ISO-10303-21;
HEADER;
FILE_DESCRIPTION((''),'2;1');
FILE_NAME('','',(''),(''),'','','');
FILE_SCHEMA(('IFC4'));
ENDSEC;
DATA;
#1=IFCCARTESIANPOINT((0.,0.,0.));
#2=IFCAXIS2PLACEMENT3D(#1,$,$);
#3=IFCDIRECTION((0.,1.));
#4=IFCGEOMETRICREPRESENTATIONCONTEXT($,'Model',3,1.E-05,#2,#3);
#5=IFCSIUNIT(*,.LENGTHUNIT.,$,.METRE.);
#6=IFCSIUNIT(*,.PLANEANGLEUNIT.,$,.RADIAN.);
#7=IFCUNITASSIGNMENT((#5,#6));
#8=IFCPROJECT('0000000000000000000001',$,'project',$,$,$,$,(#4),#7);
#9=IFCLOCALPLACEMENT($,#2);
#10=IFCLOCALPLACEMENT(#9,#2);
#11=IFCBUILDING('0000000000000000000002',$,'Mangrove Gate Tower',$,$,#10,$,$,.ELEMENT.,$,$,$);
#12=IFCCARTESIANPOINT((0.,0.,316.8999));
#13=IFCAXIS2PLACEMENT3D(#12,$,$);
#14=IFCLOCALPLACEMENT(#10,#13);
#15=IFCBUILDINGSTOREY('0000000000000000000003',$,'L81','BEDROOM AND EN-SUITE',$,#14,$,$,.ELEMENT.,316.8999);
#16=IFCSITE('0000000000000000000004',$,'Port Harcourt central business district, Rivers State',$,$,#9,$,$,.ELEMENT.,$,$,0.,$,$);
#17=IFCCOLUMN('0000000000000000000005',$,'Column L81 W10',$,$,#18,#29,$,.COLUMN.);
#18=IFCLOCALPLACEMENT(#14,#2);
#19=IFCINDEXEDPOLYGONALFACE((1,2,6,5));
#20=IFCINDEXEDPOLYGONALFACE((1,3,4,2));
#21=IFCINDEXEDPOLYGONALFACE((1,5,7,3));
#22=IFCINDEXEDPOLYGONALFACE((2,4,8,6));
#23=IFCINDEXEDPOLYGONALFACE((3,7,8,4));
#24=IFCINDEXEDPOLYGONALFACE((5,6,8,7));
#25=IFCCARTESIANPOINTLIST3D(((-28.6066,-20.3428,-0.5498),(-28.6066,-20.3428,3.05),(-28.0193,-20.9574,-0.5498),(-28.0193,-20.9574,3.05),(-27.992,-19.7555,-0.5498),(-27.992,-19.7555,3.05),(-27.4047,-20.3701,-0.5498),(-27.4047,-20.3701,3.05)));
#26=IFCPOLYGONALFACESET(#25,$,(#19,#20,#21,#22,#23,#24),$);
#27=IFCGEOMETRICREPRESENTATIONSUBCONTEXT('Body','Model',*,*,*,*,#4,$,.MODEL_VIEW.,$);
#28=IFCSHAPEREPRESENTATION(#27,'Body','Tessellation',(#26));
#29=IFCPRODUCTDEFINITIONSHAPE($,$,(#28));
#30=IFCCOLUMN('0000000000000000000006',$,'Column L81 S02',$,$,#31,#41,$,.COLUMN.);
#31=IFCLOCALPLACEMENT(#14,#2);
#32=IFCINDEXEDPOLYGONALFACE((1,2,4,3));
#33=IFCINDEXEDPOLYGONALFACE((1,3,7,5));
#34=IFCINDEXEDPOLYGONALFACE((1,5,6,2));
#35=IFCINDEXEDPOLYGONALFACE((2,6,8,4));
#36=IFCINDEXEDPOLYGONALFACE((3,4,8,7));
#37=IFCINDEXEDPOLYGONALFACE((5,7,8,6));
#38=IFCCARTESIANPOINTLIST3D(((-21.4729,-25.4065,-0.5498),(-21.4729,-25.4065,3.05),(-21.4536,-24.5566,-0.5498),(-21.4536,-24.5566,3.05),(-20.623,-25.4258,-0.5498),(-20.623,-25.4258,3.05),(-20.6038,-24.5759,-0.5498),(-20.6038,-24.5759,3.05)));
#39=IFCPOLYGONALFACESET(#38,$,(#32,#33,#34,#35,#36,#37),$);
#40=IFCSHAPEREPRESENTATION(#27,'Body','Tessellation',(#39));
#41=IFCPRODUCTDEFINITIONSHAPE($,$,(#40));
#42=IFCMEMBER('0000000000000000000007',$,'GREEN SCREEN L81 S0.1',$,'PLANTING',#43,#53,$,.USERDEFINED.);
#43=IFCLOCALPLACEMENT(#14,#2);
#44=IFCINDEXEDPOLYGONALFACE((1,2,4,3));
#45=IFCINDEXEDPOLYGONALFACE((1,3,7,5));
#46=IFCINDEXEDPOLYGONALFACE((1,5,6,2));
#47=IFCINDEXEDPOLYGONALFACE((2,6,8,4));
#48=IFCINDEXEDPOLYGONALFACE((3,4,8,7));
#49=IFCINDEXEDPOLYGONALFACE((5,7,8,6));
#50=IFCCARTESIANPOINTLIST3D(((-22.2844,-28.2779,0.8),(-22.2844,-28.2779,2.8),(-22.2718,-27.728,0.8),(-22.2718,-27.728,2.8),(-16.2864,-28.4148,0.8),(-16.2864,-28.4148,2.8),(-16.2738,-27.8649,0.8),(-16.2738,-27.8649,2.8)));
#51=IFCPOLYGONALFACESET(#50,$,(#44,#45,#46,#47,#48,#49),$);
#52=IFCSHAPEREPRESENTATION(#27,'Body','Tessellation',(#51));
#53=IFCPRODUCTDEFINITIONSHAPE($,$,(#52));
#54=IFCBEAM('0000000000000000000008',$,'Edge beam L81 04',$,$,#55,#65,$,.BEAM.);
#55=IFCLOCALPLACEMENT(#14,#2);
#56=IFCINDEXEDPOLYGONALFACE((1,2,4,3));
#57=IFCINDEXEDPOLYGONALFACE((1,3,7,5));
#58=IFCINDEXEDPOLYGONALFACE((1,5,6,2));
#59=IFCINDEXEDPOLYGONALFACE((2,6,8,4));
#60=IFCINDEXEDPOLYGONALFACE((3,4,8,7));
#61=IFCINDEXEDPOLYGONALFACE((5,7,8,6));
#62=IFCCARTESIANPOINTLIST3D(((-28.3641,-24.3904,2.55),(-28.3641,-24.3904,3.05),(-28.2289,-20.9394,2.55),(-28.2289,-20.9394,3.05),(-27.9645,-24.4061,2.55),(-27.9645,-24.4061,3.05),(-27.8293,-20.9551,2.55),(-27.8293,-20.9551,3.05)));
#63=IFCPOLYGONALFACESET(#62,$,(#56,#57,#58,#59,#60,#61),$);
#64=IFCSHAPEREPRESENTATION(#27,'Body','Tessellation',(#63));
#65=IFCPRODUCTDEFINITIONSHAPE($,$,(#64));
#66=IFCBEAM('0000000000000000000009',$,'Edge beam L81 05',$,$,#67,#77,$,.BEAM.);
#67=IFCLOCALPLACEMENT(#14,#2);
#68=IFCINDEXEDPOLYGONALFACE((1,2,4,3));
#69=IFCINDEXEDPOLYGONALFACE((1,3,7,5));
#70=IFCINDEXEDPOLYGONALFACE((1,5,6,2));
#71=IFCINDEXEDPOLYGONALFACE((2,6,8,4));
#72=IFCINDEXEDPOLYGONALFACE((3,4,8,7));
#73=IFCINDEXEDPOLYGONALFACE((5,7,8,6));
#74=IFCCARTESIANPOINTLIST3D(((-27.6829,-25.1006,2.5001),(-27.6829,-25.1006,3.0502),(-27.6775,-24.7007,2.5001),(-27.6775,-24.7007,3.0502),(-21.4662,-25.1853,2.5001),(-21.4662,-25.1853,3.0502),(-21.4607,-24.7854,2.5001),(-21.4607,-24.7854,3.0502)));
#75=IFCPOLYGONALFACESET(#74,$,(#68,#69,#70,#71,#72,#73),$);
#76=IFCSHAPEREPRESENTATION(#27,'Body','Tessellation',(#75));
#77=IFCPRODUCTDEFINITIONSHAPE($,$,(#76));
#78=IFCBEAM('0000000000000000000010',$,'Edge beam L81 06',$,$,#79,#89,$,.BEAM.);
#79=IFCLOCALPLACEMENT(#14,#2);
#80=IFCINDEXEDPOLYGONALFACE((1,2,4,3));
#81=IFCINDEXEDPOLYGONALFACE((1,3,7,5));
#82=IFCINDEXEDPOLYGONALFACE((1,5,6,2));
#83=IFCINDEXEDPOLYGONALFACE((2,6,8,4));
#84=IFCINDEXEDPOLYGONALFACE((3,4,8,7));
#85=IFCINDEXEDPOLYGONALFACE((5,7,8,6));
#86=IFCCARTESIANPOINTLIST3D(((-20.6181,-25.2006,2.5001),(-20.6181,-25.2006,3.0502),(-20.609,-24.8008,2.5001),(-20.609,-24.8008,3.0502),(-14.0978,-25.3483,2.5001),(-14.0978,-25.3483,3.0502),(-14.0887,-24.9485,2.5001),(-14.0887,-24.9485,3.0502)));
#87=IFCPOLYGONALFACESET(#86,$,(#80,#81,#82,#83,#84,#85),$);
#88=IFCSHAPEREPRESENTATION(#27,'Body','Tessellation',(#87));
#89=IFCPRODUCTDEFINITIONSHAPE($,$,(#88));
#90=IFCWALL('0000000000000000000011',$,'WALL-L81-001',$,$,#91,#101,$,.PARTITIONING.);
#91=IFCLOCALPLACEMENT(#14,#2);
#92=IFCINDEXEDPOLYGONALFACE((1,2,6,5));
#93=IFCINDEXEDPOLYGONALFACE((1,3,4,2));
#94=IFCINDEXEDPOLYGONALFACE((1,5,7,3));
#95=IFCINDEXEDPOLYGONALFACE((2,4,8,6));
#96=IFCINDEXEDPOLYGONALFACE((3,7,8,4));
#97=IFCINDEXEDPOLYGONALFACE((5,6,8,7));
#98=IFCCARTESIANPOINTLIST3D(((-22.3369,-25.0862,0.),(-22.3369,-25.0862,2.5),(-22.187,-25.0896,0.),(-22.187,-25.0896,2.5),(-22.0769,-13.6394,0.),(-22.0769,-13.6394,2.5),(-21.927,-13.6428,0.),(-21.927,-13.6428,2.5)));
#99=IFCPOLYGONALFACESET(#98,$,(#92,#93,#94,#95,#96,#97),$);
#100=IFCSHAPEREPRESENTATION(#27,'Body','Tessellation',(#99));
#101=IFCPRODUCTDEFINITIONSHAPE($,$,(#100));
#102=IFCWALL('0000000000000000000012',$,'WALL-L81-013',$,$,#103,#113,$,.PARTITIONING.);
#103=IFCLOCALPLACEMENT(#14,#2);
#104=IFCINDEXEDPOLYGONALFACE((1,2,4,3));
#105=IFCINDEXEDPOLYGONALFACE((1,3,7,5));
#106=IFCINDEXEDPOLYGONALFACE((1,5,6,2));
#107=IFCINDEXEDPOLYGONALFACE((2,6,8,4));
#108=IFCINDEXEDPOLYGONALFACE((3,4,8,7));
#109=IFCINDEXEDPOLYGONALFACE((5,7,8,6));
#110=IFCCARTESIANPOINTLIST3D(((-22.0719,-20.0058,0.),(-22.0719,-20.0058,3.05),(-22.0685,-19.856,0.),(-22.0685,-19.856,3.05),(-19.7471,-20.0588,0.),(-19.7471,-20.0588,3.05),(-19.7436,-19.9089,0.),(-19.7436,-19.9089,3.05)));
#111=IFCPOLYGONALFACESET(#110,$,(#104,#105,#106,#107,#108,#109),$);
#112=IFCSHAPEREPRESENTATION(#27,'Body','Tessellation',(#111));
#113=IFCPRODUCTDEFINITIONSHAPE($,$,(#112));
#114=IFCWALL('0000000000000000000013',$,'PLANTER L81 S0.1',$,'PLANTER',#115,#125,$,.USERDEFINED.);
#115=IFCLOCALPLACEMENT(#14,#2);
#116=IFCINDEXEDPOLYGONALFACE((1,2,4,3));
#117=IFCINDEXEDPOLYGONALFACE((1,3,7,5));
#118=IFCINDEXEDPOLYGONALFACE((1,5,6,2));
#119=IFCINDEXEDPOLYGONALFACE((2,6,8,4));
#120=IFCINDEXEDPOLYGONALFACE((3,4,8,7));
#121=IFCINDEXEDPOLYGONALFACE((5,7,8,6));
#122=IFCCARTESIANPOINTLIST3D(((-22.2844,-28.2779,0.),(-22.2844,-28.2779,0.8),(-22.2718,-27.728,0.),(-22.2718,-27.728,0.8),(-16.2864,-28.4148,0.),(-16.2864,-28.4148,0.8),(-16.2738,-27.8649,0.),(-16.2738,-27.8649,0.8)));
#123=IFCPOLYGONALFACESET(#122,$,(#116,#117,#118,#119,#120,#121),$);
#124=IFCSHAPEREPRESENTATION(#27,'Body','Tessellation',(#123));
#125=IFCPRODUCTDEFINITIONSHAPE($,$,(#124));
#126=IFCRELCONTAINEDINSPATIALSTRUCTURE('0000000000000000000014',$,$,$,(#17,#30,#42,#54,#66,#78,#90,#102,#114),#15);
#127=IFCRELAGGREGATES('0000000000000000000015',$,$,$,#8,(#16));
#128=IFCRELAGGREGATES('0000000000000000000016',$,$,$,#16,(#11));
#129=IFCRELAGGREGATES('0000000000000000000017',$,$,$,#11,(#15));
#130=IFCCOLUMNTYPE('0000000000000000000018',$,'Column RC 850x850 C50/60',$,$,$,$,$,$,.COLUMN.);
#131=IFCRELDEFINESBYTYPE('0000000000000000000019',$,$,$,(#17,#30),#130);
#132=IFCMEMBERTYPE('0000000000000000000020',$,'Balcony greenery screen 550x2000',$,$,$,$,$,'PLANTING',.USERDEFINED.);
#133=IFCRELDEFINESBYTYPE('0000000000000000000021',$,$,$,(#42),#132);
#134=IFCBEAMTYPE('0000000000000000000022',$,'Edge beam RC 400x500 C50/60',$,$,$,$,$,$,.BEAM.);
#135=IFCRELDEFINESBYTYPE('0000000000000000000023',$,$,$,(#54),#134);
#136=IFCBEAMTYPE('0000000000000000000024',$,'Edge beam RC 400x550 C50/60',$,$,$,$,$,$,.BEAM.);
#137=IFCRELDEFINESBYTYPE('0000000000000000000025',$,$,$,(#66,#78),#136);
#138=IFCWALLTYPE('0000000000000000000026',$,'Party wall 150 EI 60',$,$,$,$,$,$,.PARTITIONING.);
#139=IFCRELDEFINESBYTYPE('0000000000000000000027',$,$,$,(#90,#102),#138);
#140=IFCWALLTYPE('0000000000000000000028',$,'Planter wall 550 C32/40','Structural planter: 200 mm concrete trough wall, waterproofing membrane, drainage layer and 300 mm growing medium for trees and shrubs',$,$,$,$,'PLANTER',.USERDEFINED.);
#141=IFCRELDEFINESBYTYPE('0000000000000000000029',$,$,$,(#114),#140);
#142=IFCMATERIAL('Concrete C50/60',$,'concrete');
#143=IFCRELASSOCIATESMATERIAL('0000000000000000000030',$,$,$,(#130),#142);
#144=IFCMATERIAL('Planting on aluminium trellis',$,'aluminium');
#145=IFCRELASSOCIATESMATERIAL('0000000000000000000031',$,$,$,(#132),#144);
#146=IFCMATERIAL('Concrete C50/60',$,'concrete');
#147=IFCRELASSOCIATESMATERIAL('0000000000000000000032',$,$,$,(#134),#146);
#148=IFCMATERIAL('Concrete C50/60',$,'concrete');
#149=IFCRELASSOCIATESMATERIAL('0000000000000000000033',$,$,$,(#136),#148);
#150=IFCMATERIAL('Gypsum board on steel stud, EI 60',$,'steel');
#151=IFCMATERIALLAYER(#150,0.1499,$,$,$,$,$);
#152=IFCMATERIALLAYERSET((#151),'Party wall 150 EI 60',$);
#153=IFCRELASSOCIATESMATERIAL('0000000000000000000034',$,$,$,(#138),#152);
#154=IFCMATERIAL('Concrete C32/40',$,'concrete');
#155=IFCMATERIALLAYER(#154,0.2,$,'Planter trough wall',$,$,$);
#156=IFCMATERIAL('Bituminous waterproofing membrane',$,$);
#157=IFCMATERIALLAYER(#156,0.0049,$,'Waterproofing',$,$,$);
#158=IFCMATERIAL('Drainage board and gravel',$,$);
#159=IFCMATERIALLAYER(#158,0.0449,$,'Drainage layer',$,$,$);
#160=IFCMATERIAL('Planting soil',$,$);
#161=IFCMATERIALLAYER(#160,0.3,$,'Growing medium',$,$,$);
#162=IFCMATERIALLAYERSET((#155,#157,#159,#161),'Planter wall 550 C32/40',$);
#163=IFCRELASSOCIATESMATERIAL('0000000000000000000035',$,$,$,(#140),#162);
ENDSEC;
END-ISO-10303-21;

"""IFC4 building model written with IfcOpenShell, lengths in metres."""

from ifc_helpers import new_model, si_unit, direction, frame, frame_2d, origin, origin_2d, place, context, subcontext, project, spatial, rectangle, extrude, material, layer, layer_set, material_profile, profile_set, type_object, element, save


model = new_model("IFC4")

# Units and contexts
model_context = context("Model", 3, precision=1e-05, world=origin(), true_north=direction((0.0, 1.0)))
body_context = subcontext(model_context, "Body", "Model", "MODEL_VIEW")
ifc_project = project(units=[si_unit("LENGTHUNIT", "METRE"), si_unit("PLANEANGLEUNIT", "RADIAN")], contexts=[model_context])

# Site, building, storey
site_placement = place(None, origin())
site = spatial("IfcSite", under=ifc_project, at=site_placement, Name="Port Harcourt central business district, Rivers State", CompositionType="ELEMENT", RefElevation=0.0)
building_placement = place(site_placement, origin())
building = spatial("IfcBuilding", under=site, at=building_placement, Name="Mangrove Gate Tower", CompositionType="ELEMENT")
storey_placement = place(building_placement, frame((0.0, 0.0, 316.8999)))
storey = spatial("IfcBuildingStorey", under=building, at=storey_placement, Name="L81", Description="BEDROOM AND EN-SUITE", CompositionType="ELEMENT", Elevation=316.8999)

# Columns
ifc_material_1 = material(Name="Concrete C50/60", Category="concrete")
ifc_material_profile_1 = material_profile(ifc_material_1, rectangle(XDim=0.8501, YDim=0.8501, at=origin_2d()))
ifc_profile_set_1 = profile_set([ifc_material_profile_1], Name="Concrete C50/60")
column_type = type_object("IfcColumnType", Name="Column RC 850x850 C50/60", PredefinedType="COLUMN", material=ifc_profile_set_1)
for number, where, z_axis, x_axis, name in (
    (1, (-28.0056, -20.3564, -0.5498), (0.0, 0.0, 1.0), (0.690863, -0.722986, 0.0), "Column L81 W10"),
    (2, (-21.0383, -24.9912, -0.5498), (0.0, 0.0, 1.0), (0.999743, -0.022655, 0.0), "Column L81 S02"),
):
    element("IfcColumn", number, at=place(storey_placement, frame(where, z_axis=z_axis, x_axis=x_axis)), inside=storey, type_object=column_type, Name=name, PredefinedType="COLUMN", context=body_context, shape_type="SweptSolid", body=[
        extrude(rectangle(XDim=0.8501, YDim=0.8501, at=origin_2d()), origin(), (0.0, 0.0, 1.0), 3.5999),
    ])

# Member
ifc_material_2 = material(Name="Planting on aluminium trellis", Category="aluminium")
ifc_material_profile_2 = material_profile(ifc_material_2, rectangle(XDim=0.55, YDim=2.0, at=origin_2d()))
ifc_profile_set_2 = profile_set([ifc_material_profile_2], Name="Planting on aluminium trellis")
member_type = type_object("IfcMemberType", Name="Balcony greenery screen 550x2000", ElementType="PLANTING", PredefinedType="USERDEFINED", material=ifc_profile_set_2)
member_placement = place(storey_placement, frame((-22.2781, -28.0029, 1.8), z_axis=(0.999739, -0.022829, 0.0), x_axis=(0.022829, 0.999739, 0.0)))
element("IfcMember", 3, at=member_placement, inside=storey, type_object=member_type, Name="GREEN SCREEN L81 S0.1", ObjectType="PLANTING", PredefinedType="USERDEFINED", context=body_context, shape_type="SweptSolid", body=[
    extrude(rectangle(XDim=0.55, YDim=2.0, at=origin_2d()), origin(), (0.0, 0.0, 1.0), 5.9995),
])

# Beams
ifc_material_3 = material(Name="Concrete C50/60", Category="concrete")
ifc_material_profile_3 = material_profile(ifc_material_3, rectangle(XDim=0.3999, YDim=0.5, at=origin_2d()))
ifc_profile_set_3 = profile_set([ifc_material_profile_3], Name="Concrete C50/60")
beam_type_1 = type_object("IfcBeamType", Name="Edge beam RC 400x500 C50/60", PredefinedType="BEAM", material=ifc_profile_set_3)
beam_1_placement = place(storey_placement, frame((-28.0291, -20.9473, 2.8), z_axis=(-0.039163, -0.999233, 0.0), x_axis=(0.999233, -0.039163, 0.0)))
element("IfcBeam", 4, at=beam_1_placement, inside=storey, type_object=beam_type_1, Name="Edge beam L81 04", PredefinedType="BEAM", context=body_context, shape_type="SweptSolid", body=[
    extrude(rectangle(XDim=0.3999, YDim=0.5, at=origin_2d()), origin(), (0.0, 0.0, 1.0), 3.4536),
])
ifc_material_4 = material(Name="Concrete C50/60", Category="concrete")
ifc_material_profile_4 = material_profile(ifc_material_4, rectangle(XDim=0.3999, YDim=0.55, at=origin_2d()))
ifc_profile_set_4 = profile_set([ifc_material_profile_4], Name="Concrete C50/60")
beam_type_2 = type_object("IfcBeamType", Name="Edge beam RC 400x550 C50/60", PredefinedType="BEAM", material=ifc_profile_set_4)
beam_2_placement = place(storey_placement, frame((-27.6802, -24.9006, 2.7751), z_axis=(0.999907, -0.013626, 0.0), x_axis=(0.013626, 0.999907, 0.0)))
element("IfcBeam", 5, at=beam_2_placement, inside=storey, type_object=beam_type_2, Name="Edge beam L81 05", PredefinedType="BEAM", context=body_context, shape_type="SweptSolid", body=[
    extrude(rectangle(XDim=0.3999, YDim=0.55, at=origin_2d()), origin(), (0.0, 0.0, 1.0), 6.2173),
])
beam_3_placement = place(storey_placement, frame((-20.6135, -25.0007, 2.7751), z_axis=(0.999744, -0.022647, 0.0), x_axis=(0.022647, 0.999744, 0.0)))
element("IfcBeam", 6, at=beam_3_placement, inside=storey, type_object=beam_type_2, Name="Edge beam L81 06", PredefinedType="BEAM", context=body_context, shape_type="SweptSolid", body=[
    extrude(rectangle(XDim=0.3999, YDim=0.55, at=origin_2d()), origin(), (0.0, 0.0, 1.0), 6.522),
])

# Walls
ifc_material_5 = material(Name="Gypsum board on steel stud, EI 60", Category="steel")
ifc_layer_1 = layer(ifc_material_5, 0.1499)
ifc_layer_set_1 = layer_set([ifc_layer_1], Name="Party wall 150 EI 60")
wall_type_1 = type_object("IfcWallType", Name="Party wall 150 EI 60", PredefinedType="PARTITIONING", material=ifc_layer_set_1)
wall_1_placement = place(storey_placement, frame((-22.262, -25.0879, 0.0), z_axis=(0.0, 0.0, 1.0), x_axis=(0.022709, 0.999742, 0.0)))
element("IfcWall", 7, at=wall_1_placement, inside=storey, type_object=wall_type_1, Name="WALL-L81-001", PredefinedType="PARTITIONING", context=body_context, shape_type="SweptSolid", body=[
    extrude(rectangle(XDim=11.4497, YDim=0.1499, at=frame_2d((5.7249, 0.0))), origin(), (0.0, 0.0, 1.0), 2.5),
])
wall_2_placement = place(storey_placement, frame((-22.0701, -19.9309, 0.0), z_axis=(0.0, 0.0, 1.0), x_axis=(0.99974, -0.022781, 0.0)))
element("IfcWall", 8, at=wall_2_placement, inside=storey, type_object=wall_type_1, Name="WALL-L81-013", PredefinedType="PARTITIONING", context=body_context, shape_type="SweptSolid", body=[
    extrude(rectangle(XDim=2.3254, YDim=0.1499, at=frame_2d((1.1626, 0.0))), origin(), (0.0, 0.0, 1.0), 3.05),
])
ifc_material_6 = material(Name="Concrete C32/40", Category="concrete")
ifc_layer_2 = layer(ifc_material_6, 0.2, Name="Planter trough wall")
ifc_material_7 = material(Name="Bituminous waterproofing membrane")
ifc_layer_3 = layer(ifc_material_7, 0.0049, Name="Waterproofing")
ifc_material_8 = material(Name="Drainage board and gravel")
ifc_layer_4 = layer(ifc_material_8, 0.0449, Name="Drainage layer")
ifc_material_9 = material(Name="Planting soil")
ifc_layer_5 = layer(ifc_material_9, 0.3, Name="Growing medium")
ifc_layer_set_2 = layer_set([ifc_layer_2, ifc_layer_3, ifc_layer_4, ifc_layer_5], Name="Planter wall 550 C32/40")
wall_type_2 = type_object("IfcWallType", Name="Planter wall 550 C32/40", Description="Structural planter: 200 mm concrete trough wall, waterproofing membrane, drainage layer and 300 mm growing medium for trees and shrubs", ElementType="PLANTER", PredefinedType="USERDEFINED", material=ifc_layer_set_2)
wall_3_placement = place(storey_placement, frame((-22.2781, -28.0029, 0.0), z_axis=(0.0, 0.0, 1.0), x_axis=(0.999739, -0.022829, 0.0)))
element("IfcWall", 9, at=wall_3_placement, inside=storey, type_object=wall_type_2, Name="PLANTER L81 S0.1", ObjectType="PLANTER", PredefinedType="USERDEFINED", context=body_context, shape_type="SweptSolid", body=[
    extrude(rectangle(XDim=5.9995, YDim=0.55, at=frame_2d((2.9998, 0.0))), origin(), (0.0, 0.0, 1.0), 0.8),
])

save(model, "model.ifc")
